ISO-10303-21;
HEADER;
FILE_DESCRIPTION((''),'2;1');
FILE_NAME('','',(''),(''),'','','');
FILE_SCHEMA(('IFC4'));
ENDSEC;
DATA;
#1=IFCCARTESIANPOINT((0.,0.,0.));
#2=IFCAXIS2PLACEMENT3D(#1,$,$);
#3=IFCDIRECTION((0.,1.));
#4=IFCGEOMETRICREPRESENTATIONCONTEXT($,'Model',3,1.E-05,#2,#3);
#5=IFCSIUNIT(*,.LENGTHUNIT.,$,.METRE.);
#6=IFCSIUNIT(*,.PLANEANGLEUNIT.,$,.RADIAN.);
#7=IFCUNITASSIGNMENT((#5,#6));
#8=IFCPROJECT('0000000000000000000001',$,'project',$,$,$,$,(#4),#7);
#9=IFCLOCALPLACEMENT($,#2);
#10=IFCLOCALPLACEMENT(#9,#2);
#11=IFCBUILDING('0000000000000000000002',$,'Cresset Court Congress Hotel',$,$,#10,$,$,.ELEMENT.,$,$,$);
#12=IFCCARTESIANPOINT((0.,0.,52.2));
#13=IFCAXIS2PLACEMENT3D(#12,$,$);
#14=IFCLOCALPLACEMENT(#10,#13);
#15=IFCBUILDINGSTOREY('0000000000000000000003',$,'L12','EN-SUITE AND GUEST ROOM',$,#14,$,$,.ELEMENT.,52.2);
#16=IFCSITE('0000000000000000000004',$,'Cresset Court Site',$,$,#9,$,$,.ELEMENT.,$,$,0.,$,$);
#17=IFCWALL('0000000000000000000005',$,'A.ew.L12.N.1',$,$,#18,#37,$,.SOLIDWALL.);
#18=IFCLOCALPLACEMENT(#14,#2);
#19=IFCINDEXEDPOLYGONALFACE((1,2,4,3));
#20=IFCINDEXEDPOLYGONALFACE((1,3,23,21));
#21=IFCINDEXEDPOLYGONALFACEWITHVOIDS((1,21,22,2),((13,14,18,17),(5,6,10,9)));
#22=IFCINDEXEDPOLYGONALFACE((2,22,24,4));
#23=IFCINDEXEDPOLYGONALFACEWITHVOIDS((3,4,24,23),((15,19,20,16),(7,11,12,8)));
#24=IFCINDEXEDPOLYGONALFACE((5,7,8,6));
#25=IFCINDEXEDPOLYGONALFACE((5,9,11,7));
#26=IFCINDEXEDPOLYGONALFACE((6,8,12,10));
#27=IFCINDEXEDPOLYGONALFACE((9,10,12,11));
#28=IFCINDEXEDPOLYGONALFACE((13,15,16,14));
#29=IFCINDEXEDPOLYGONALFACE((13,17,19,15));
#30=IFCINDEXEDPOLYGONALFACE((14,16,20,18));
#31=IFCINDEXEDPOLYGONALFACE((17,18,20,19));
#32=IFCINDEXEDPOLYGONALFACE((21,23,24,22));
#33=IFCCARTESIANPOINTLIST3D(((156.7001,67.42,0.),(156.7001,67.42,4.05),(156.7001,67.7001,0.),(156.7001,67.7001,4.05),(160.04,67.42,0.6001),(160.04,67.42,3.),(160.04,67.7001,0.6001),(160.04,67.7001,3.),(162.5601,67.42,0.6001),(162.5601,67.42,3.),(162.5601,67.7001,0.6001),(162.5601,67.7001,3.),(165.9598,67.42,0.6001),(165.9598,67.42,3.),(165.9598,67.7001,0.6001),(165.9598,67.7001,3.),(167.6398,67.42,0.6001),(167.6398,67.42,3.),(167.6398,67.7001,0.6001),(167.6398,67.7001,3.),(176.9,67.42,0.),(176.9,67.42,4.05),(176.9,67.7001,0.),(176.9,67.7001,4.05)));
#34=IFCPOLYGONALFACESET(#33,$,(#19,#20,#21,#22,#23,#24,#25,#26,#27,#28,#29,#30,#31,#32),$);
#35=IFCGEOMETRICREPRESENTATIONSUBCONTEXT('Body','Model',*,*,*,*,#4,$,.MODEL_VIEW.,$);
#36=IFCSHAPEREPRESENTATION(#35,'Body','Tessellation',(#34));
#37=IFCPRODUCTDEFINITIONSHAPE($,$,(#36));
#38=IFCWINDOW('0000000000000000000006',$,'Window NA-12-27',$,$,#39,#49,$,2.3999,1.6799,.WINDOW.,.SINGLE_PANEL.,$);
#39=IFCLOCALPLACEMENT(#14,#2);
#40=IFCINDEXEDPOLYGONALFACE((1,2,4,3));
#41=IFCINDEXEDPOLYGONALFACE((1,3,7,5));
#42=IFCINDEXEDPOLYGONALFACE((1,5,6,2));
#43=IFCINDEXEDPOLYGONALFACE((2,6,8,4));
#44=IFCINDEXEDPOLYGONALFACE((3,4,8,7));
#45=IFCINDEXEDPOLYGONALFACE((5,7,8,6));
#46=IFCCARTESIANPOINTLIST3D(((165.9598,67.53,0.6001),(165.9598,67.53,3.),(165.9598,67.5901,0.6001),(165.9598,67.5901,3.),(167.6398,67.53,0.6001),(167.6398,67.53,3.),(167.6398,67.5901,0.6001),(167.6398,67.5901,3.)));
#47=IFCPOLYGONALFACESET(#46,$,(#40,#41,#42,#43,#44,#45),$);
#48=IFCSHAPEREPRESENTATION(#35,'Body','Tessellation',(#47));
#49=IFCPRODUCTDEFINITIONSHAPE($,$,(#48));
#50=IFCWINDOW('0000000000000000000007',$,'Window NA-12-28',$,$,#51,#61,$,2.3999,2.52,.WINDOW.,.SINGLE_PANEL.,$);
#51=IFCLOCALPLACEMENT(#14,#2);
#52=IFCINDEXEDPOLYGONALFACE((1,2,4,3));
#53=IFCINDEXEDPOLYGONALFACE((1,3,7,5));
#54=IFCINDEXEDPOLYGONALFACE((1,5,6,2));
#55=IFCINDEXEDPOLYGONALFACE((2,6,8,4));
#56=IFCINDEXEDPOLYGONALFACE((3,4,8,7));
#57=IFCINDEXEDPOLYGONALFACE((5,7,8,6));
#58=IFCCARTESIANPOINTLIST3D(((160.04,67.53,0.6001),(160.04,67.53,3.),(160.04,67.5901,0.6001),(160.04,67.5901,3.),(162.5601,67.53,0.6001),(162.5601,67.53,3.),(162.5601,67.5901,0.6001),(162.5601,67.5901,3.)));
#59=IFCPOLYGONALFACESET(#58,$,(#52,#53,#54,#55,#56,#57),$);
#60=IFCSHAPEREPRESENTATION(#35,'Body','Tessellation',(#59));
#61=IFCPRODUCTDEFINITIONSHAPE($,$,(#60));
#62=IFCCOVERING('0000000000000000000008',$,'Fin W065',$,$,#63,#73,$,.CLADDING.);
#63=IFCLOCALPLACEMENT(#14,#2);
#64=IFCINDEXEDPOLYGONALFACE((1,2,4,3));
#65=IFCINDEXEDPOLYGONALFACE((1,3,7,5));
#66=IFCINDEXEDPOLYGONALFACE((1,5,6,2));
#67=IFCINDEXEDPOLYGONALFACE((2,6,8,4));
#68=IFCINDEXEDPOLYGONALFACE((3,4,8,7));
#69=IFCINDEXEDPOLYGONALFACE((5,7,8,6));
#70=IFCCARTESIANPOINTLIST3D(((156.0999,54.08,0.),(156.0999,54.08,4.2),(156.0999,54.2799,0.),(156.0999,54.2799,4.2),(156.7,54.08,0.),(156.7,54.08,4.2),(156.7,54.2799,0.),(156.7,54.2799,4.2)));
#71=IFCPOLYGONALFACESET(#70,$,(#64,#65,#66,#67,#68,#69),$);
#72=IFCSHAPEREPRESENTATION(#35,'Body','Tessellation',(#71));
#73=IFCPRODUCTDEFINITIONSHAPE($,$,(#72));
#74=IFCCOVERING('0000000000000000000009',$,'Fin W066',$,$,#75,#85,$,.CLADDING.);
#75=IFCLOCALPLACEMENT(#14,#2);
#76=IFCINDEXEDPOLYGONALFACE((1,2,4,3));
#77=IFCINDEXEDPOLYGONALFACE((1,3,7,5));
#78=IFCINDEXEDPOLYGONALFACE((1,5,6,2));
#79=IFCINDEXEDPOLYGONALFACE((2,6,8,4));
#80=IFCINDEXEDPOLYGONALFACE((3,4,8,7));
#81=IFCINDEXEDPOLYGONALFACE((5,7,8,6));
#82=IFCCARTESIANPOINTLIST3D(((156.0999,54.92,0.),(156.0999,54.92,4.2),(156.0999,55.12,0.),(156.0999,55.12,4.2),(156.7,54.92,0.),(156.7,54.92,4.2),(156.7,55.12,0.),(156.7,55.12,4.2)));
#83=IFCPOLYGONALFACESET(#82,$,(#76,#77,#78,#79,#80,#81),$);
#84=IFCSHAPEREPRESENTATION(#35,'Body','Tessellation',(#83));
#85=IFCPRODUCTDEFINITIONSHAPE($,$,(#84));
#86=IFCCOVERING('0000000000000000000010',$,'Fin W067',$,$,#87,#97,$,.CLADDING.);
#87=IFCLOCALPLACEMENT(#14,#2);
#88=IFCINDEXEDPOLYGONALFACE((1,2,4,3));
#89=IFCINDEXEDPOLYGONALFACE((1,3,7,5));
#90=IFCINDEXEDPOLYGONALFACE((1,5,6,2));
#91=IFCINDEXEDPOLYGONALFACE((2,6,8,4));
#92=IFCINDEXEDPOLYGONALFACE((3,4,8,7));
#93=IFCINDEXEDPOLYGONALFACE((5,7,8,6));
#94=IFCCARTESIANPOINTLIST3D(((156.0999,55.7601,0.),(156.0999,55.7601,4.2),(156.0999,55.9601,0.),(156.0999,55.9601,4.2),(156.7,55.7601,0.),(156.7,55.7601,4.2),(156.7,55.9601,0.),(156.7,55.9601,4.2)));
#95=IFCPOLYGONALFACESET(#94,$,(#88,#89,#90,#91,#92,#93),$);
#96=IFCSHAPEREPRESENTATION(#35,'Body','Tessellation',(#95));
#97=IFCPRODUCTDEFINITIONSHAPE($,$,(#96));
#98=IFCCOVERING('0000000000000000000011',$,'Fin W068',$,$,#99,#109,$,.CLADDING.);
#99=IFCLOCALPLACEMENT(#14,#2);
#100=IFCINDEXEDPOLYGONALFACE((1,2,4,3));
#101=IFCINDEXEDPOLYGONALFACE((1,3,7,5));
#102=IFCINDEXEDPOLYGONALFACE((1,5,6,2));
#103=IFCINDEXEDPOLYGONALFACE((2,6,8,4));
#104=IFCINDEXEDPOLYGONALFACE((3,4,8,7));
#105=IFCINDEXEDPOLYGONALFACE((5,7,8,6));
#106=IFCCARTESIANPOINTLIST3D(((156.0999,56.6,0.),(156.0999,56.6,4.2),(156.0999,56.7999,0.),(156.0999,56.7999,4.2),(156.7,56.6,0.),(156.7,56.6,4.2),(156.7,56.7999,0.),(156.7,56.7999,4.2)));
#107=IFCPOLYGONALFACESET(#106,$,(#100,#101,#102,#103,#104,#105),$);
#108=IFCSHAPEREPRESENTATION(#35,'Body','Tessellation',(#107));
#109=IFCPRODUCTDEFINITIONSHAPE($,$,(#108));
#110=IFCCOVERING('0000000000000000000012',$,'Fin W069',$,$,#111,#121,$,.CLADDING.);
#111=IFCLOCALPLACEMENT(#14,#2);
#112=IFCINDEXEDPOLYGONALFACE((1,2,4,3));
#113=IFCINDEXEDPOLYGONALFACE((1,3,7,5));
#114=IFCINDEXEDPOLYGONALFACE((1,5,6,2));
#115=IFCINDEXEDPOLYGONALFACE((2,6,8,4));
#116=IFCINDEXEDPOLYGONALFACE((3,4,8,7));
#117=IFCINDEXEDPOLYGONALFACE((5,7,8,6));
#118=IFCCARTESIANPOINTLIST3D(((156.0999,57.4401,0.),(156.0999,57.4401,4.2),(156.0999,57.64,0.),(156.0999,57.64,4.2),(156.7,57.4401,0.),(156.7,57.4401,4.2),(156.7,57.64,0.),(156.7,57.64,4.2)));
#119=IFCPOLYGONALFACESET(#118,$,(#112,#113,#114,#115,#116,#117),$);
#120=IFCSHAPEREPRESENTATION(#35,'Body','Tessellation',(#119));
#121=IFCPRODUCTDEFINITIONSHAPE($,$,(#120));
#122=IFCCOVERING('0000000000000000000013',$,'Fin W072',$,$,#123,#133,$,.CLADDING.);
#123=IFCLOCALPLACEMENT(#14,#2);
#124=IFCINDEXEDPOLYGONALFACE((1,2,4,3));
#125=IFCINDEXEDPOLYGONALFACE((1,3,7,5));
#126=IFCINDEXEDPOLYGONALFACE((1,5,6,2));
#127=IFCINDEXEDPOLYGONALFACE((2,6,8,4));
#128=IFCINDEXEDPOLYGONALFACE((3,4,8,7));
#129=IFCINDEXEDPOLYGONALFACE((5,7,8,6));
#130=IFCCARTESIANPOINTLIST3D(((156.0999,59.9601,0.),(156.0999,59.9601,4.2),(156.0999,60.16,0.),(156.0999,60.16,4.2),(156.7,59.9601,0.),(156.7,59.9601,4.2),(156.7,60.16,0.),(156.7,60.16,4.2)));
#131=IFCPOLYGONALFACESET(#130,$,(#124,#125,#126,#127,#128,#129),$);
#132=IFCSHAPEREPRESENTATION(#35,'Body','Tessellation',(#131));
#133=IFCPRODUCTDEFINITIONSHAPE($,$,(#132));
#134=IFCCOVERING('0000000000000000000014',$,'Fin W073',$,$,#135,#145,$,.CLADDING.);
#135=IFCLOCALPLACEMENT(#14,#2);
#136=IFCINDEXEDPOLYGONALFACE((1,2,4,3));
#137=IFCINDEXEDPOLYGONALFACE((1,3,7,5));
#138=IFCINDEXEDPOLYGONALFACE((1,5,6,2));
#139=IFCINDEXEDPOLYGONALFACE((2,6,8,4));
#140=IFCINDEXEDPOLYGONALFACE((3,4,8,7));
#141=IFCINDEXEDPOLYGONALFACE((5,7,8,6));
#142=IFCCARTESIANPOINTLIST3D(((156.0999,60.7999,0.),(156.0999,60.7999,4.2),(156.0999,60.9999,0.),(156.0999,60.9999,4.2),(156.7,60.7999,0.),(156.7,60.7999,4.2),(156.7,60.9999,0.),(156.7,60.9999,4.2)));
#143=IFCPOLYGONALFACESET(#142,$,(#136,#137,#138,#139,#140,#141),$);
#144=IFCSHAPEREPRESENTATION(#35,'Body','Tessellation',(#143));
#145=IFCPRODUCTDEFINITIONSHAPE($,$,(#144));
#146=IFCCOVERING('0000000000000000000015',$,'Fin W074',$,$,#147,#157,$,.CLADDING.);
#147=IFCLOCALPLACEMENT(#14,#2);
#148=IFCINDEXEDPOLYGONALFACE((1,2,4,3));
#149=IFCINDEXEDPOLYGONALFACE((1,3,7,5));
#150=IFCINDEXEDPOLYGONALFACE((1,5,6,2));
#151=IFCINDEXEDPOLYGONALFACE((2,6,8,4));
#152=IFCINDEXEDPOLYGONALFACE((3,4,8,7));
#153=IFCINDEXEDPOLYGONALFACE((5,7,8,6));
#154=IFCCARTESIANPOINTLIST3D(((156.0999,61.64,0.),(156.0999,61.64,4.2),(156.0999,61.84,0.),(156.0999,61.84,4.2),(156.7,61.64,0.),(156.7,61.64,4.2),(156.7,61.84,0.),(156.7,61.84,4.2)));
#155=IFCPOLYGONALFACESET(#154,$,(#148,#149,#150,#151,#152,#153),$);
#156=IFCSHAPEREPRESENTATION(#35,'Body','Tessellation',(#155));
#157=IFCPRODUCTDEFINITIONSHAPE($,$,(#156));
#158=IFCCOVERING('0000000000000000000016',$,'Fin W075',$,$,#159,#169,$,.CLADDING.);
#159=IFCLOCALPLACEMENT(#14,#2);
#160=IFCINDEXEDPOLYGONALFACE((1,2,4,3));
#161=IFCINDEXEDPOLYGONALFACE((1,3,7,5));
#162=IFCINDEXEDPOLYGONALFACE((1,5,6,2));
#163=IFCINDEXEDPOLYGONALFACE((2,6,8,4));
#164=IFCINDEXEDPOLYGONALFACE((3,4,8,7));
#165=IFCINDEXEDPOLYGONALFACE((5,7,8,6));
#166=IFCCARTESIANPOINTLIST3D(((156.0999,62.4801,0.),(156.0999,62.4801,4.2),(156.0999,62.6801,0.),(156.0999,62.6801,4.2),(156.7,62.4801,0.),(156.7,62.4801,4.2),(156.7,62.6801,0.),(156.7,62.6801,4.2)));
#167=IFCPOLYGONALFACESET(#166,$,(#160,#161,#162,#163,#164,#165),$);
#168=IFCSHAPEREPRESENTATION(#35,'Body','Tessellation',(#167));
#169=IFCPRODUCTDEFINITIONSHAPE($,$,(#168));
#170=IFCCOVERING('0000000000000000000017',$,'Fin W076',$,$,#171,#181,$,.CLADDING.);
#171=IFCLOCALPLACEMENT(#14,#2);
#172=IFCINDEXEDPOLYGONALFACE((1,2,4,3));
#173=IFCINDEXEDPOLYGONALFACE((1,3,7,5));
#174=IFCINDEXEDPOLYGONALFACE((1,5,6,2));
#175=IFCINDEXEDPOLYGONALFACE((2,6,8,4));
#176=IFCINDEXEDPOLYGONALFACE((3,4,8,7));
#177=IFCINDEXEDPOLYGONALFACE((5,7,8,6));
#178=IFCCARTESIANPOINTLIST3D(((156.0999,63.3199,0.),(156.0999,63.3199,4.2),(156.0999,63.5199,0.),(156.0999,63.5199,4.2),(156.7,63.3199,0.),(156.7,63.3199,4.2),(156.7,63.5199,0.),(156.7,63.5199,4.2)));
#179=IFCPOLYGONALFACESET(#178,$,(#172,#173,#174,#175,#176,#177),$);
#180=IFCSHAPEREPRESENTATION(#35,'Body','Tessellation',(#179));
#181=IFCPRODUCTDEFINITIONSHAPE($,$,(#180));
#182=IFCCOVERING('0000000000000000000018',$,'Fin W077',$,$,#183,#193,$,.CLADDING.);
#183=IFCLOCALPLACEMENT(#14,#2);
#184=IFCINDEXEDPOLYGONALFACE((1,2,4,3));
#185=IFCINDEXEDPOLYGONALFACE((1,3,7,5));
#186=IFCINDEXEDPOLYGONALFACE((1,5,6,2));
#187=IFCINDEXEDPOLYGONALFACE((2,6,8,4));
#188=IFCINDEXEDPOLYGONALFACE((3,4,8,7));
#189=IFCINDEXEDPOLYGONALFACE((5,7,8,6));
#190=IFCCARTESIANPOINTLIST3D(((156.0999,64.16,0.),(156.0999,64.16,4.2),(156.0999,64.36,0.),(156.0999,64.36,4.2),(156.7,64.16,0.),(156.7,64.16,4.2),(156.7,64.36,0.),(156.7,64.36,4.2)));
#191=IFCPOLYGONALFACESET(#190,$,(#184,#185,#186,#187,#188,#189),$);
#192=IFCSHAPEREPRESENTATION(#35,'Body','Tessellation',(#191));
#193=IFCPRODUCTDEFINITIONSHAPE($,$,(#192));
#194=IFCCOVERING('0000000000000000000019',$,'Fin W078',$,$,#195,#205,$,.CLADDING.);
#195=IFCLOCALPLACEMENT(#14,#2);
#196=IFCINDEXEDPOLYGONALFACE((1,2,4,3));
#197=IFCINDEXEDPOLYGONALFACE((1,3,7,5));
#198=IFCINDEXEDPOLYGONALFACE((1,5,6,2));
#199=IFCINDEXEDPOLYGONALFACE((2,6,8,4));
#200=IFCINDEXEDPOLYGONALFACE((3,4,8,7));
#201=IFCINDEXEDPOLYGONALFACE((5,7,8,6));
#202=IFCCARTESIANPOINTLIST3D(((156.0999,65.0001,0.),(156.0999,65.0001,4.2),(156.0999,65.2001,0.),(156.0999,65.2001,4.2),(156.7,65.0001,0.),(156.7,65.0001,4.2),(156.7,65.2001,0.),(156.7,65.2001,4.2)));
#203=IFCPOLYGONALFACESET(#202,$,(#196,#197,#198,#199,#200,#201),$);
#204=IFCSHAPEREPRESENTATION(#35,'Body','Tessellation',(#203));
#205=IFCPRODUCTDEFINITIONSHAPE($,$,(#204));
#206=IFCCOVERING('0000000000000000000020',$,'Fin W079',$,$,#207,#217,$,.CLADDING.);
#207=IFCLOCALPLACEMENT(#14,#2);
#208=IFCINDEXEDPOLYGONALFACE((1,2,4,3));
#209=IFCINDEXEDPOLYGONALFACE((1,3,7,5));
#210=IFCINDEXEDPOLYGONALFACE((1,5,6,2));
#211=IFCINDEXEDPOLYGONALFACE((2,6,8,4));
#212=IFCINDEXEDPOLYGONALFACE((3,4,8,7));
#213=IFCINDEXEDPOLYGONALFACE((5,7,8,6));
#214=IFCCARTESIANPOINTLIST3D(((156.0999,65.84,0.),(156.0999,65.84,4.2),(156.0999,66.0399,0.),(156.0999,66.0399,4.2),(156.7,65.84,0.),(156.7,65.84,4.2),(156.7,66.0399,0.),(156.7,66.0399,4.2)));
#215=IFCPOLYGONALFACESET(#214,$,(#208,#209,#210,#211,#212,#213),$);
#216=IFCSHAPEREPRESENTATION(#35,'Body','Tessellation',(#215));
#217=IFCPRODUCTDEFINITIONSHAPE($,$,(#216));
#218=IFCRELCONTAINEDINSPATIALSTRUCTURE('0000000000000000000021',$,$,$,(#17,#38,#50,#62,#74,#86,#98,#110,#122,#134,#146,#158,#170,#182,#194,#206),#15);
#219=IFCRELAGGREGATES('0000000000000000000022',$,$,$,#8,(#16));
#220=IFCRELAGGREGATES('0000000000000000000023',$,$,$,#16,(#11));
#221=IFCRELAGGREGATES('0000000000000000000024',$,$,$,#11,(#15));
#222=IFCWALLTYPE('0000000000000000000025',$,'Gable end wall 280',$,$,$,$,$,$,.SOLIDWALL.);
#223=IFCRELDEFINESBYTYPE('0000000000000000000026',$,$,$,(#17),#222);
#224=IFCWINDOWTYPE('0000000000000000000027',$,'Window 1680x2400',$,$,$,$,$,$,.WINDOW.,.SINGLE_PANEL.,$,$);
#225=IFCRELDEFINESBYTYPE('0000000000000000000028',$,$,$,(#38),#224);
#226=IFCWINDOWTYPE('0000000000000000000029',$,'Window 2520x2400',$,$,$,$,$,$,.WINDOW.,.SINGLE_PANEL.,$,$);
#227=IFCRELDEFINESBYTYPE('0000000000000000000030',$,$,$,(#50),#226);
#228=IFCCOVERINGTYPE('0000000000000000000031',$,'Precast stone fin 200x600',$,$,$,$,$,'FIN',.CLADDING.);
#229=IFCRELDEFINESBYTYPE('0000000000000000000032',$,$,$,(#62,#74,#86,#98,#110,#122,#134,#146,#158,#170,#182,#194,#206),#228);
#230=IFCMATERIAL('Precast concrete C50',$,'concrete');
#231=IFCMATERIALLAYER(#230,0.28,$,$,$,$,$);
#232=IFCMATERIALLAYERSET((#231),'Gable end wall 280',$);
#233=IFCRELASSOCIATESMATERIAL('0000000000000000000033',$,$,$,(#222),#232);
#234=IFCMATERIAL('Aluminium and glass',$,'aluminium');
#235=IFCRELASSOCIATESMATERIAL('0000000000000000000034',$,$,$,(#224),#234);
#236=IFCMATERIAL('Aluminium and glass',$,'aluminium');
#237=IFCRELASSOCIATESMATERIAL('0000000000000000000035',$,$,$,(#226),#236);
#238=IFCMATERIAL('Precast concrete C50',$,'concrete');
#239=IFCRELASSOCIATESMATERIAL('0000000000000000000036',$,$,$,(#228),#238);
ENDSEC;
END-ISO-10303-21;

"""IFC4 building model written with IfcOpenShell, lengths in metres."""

from ifc_helpers import new_model, si_unit, direction, frame, frame_2d, origin, origin_2d, place, context, subcontext, project, spatial, rectangle, extrude, material, layer, layer_set, type_object, element, fill, save


model = new_model("IFC4")

# Units and contexts
model_context = context("Model", 3, precision=1e-05, world=origin(), true_north=direction((0.0, 1.0)))
body_context = subcontext(model_context, "Body", "Model", "MODEL_VIEW")
ifc_project = project(units=[si_unit("LENGTHUNIT", "METRE"), si_unit("PLANEANGLEUNIT", "RADIAN")], contexts=[model_context])

# Site, building, storey
site_placement = place(None, origin())
site = spatial("IfcSite", under=ifc_project, at=site_placement, Name="Cresset Court Site", CompositionType="ELEMENT", RefElevation=0.0)
building_placement = place(site_placement, origin())
building = spatial("IfcBuilding", under=site, at=building_placement, Name="Cresset Court Congress Hotel", CompositionType="ELEMENT")
storey_placement = place(building_placement, frame((0.0, 0.0, 52.2)))
storey = spatial("IfcBuildingStorey", under=building, at=storey_placement, Name="L12", Description="EN-SUITE AND GUEST ROOM", CompositionType="ELEMENT", Elevation=52.2)

# Wall, openings, windows
ifc_material_1 = material(Name="Precast concrete C50", Category="concrete")
ifc_layer = layer(ifc_material_1, 0.28)
ifc_layer_set = layer_set([ifc_layer], Name="Gable end wall 280")
wall_type = type_object("IfcWallType", Name="Gable end wall 280", PredefinedType="SOLIDWALL", material=ifc_layer_set)
wall_placement = place(storey_placement, frame((156.7, 67.5601, 0.0), z_axis=(0.0, 0.0, 1.0), x_axis=(1.0, 0.0, 0.0)))
wall = element("IfcWall", 1, at=wall_placement, inside=storey, type_object=wall_type, Name="A.ew.L12.N.1", PredefinedType="SOLIDWALL", context=body_context, shape_type="SweptSolid", body=[
    extrude(rectangle(XDim=20.2, YDim=0.28, at=frame_2d((10.1001, 0.0))), origin(), (0.0, 0.0, 1.0), 4.05),
])
opening_1_placement = place(wall_placement, frame((9.26, 0.0, 0.6001)))
opening_1 = element("IfcOpeningElement", 2, at=opening_1_placement, cuts=wall, PredefinedType="OPENING", context=body_context, shape_type="SweptSolid", body=[
    extrude(rectangle(XDim=1.6799, YDim=2.3999, at=frame_2d((0.8398, 1.2))), frame((0.0, 0.1499, 0.0), z_axis=(0.0, -1.0, 0.0), x_axis=(1.0, 0.0, 0.0)), (0.0, 0.0, 1.0), 0.3),
])
opening_2_placement = place(wall_placement, frame((3.3401, 0.0, 0.6001)))
opening_2 = element("IfcOpeningElement", 3, at=opening_2_placement, cuts=wall, PredefinedType="OPENING", context=body_context, shape_type="SweptSolid", body=[
    extrude(rectangle(XDim=2.52, YDim=2.3999, at=frame_2d((1.26, 1.2))), frame((0.0, 0.1499, 0.0), z_axis=(0.0, -1.0, 0.0), x_axis=(1.0, 0.0, 0.0)), (0.0, 0.0, 1.0), 0.3),
])
ifc_material_2 = material(Name="Aluminium and glass", Category="aluminium")
window_type_1 = type_object("IfcWindowType", Name="Window 1680x2400", PartitioningType="SINGLE_PANEL", PredefinedType="WINDOW", material=ifc_material_2)
window_1_placement = place(opening_1_placement, origin())
window_1 = element("IfcWindow", 4, at=window_1_placement, inside=storey, type_object=window_type_1, Name="Window NA-12-27", OverallHeight=2.3999, OverallWidth=1.6799, PartitioningType="SINGLE_PANEL", PredefinedType="WINDOW", context=body_context, shape_type="SweptSolid", body=[
    extrude(rectangle(XDim=1.6799, YDim=2.3999, at=frame_2d((0.8398, 1.2))), frame((0.0, 0.03, 0.0), z_axis=(0.0, -1.0, 0.0), x_axis=(1.0, 0.0, 0.0)), (0.0, 0.0, 1.0), 0.0601),
])
fill(opening_1, window_1)
ifc_material_3 = material(Name="Aluminium and glass", Category="aluminium")
window_type_2 = type_object("IfcWindowType", Name="Window 2520x2400", PartitioningType="SINGLE_PANEL", PredefinedType="WINDOW", material=ifc_material_3)
window_2_placement = place(opening_2_placement, origin())
window_2 = element("IfcWindow", 5, at=window_2_placement, inside=storey, type_object=window_type_2, Name="Window NA-12-28", OverallHeight=2.3999, OverallWidth=2.52, PartitioningType="SINGLE_PANEL", PredefinedType="WINDOW", context=body_context, shape_type="SweptSolid", body=[
    extrude(rectangle(XDim=2.52, YDim=2.3999, at=frame_2d((1.26, 1.2))), frame((0.0, 0.03, 0.0), z_axis=(0.0, -1.0, 0.0), x_axis=(1.0, 0.0, 0.0)), (0.0, 0.0, 1.0), 0.0601),
])
fill(opening_2, window_2)

# Coverings
ifc_material_4 = material(Name="Precast concrete C50", Category="concrete")
covering_type = type_object("IfcCoveringType", Name="Precast stone fin 200x600", ElementType="FIN", PredefinedType="CLADDING", material=ifc_material_4)
for number, where, z_axis, x_axis, name in (
    (6, (156.3999, 54.1799, 0.0), (0.0, 0.0, 1.0), (1.0, 0.0, 0.0), "Fin W065"),
    (7, (156.3999, 55.02, 0.0), (0.0, 0.0, 1.0), (1.0, 0.0, 0.0), "Fin W066"),
    (8, (156.3999, 55.8601, 0.0), (0.0, 0.0, 1.0), (1.0, 0.0, 0.0), "Fin W067"),
    (9, (156.3999, 56.7, 0.0), (0.0, 0.0, 1.0), (1.0, 0.0, 0.0), "Fin W068"),
    (10, (156.3999, 57.54, 0.0), (0.0, 0.0, 1.0), (1.0, 0.0, 0.0), "Fin W069"),
    (11, (156.3999, 60.0601, 0.0), (0.0, 0.0, 1.0), (1.0, 0.0, 0.0), "Fin W072"),
    (12, (156.3999, 60.8999, 0.0), (0.0, 0.0, 1.0), (1.0, 0.0, 0.0), "Fin W073"),
    (13, (156.3999, 61.74, 0.0), (0.0, 0.0, 1.0), (1.0, 0.0, 0.0), "Fin W074"),
    (14, (156.3999, 62.5801, 0.0), (0.0, 0.0, 1.0), (1.0, 0.0, 0.0), "Fin W075"),
    (15, (156.3999, 63.4199, 0.0), (0.0, 0.0, 1.0), (1.0, 0.0, 0.0), "Fin W076"),
    (16, (156.3999, 64.26, 0.0), (0.0, 0.0, 1.0), (1.0, 0.0, 0.0), "Fin W077"),
    (17, (156.3999, 65.1001, 0.0), (0.0, 0.0, 1.0), (1.0, 0.0, 0.0), "Fin W078"),
    (18, (156.3999, 65.9399, 0.0), (0.0, 0.0, 1.0), (1.0, 0.0, 0.0), "Fin W079"),
):
    element("IfcCovering", number, at=place(storey_placement, frame(where, z_axis=z_axis, x_axis=x_axis)), inside=storey, type_object=covering_type, Name=name, PredefinedType="CLADDING", context=body_context, shape_type="SweptSolid", body=[
        extrude(rectangle(XDim=0.6001, YDim=0.2, at=origin_2d()), origin(), (0.0, 0.0, 1.0), 4.2),
    ])

save(model, "model.ifc")
